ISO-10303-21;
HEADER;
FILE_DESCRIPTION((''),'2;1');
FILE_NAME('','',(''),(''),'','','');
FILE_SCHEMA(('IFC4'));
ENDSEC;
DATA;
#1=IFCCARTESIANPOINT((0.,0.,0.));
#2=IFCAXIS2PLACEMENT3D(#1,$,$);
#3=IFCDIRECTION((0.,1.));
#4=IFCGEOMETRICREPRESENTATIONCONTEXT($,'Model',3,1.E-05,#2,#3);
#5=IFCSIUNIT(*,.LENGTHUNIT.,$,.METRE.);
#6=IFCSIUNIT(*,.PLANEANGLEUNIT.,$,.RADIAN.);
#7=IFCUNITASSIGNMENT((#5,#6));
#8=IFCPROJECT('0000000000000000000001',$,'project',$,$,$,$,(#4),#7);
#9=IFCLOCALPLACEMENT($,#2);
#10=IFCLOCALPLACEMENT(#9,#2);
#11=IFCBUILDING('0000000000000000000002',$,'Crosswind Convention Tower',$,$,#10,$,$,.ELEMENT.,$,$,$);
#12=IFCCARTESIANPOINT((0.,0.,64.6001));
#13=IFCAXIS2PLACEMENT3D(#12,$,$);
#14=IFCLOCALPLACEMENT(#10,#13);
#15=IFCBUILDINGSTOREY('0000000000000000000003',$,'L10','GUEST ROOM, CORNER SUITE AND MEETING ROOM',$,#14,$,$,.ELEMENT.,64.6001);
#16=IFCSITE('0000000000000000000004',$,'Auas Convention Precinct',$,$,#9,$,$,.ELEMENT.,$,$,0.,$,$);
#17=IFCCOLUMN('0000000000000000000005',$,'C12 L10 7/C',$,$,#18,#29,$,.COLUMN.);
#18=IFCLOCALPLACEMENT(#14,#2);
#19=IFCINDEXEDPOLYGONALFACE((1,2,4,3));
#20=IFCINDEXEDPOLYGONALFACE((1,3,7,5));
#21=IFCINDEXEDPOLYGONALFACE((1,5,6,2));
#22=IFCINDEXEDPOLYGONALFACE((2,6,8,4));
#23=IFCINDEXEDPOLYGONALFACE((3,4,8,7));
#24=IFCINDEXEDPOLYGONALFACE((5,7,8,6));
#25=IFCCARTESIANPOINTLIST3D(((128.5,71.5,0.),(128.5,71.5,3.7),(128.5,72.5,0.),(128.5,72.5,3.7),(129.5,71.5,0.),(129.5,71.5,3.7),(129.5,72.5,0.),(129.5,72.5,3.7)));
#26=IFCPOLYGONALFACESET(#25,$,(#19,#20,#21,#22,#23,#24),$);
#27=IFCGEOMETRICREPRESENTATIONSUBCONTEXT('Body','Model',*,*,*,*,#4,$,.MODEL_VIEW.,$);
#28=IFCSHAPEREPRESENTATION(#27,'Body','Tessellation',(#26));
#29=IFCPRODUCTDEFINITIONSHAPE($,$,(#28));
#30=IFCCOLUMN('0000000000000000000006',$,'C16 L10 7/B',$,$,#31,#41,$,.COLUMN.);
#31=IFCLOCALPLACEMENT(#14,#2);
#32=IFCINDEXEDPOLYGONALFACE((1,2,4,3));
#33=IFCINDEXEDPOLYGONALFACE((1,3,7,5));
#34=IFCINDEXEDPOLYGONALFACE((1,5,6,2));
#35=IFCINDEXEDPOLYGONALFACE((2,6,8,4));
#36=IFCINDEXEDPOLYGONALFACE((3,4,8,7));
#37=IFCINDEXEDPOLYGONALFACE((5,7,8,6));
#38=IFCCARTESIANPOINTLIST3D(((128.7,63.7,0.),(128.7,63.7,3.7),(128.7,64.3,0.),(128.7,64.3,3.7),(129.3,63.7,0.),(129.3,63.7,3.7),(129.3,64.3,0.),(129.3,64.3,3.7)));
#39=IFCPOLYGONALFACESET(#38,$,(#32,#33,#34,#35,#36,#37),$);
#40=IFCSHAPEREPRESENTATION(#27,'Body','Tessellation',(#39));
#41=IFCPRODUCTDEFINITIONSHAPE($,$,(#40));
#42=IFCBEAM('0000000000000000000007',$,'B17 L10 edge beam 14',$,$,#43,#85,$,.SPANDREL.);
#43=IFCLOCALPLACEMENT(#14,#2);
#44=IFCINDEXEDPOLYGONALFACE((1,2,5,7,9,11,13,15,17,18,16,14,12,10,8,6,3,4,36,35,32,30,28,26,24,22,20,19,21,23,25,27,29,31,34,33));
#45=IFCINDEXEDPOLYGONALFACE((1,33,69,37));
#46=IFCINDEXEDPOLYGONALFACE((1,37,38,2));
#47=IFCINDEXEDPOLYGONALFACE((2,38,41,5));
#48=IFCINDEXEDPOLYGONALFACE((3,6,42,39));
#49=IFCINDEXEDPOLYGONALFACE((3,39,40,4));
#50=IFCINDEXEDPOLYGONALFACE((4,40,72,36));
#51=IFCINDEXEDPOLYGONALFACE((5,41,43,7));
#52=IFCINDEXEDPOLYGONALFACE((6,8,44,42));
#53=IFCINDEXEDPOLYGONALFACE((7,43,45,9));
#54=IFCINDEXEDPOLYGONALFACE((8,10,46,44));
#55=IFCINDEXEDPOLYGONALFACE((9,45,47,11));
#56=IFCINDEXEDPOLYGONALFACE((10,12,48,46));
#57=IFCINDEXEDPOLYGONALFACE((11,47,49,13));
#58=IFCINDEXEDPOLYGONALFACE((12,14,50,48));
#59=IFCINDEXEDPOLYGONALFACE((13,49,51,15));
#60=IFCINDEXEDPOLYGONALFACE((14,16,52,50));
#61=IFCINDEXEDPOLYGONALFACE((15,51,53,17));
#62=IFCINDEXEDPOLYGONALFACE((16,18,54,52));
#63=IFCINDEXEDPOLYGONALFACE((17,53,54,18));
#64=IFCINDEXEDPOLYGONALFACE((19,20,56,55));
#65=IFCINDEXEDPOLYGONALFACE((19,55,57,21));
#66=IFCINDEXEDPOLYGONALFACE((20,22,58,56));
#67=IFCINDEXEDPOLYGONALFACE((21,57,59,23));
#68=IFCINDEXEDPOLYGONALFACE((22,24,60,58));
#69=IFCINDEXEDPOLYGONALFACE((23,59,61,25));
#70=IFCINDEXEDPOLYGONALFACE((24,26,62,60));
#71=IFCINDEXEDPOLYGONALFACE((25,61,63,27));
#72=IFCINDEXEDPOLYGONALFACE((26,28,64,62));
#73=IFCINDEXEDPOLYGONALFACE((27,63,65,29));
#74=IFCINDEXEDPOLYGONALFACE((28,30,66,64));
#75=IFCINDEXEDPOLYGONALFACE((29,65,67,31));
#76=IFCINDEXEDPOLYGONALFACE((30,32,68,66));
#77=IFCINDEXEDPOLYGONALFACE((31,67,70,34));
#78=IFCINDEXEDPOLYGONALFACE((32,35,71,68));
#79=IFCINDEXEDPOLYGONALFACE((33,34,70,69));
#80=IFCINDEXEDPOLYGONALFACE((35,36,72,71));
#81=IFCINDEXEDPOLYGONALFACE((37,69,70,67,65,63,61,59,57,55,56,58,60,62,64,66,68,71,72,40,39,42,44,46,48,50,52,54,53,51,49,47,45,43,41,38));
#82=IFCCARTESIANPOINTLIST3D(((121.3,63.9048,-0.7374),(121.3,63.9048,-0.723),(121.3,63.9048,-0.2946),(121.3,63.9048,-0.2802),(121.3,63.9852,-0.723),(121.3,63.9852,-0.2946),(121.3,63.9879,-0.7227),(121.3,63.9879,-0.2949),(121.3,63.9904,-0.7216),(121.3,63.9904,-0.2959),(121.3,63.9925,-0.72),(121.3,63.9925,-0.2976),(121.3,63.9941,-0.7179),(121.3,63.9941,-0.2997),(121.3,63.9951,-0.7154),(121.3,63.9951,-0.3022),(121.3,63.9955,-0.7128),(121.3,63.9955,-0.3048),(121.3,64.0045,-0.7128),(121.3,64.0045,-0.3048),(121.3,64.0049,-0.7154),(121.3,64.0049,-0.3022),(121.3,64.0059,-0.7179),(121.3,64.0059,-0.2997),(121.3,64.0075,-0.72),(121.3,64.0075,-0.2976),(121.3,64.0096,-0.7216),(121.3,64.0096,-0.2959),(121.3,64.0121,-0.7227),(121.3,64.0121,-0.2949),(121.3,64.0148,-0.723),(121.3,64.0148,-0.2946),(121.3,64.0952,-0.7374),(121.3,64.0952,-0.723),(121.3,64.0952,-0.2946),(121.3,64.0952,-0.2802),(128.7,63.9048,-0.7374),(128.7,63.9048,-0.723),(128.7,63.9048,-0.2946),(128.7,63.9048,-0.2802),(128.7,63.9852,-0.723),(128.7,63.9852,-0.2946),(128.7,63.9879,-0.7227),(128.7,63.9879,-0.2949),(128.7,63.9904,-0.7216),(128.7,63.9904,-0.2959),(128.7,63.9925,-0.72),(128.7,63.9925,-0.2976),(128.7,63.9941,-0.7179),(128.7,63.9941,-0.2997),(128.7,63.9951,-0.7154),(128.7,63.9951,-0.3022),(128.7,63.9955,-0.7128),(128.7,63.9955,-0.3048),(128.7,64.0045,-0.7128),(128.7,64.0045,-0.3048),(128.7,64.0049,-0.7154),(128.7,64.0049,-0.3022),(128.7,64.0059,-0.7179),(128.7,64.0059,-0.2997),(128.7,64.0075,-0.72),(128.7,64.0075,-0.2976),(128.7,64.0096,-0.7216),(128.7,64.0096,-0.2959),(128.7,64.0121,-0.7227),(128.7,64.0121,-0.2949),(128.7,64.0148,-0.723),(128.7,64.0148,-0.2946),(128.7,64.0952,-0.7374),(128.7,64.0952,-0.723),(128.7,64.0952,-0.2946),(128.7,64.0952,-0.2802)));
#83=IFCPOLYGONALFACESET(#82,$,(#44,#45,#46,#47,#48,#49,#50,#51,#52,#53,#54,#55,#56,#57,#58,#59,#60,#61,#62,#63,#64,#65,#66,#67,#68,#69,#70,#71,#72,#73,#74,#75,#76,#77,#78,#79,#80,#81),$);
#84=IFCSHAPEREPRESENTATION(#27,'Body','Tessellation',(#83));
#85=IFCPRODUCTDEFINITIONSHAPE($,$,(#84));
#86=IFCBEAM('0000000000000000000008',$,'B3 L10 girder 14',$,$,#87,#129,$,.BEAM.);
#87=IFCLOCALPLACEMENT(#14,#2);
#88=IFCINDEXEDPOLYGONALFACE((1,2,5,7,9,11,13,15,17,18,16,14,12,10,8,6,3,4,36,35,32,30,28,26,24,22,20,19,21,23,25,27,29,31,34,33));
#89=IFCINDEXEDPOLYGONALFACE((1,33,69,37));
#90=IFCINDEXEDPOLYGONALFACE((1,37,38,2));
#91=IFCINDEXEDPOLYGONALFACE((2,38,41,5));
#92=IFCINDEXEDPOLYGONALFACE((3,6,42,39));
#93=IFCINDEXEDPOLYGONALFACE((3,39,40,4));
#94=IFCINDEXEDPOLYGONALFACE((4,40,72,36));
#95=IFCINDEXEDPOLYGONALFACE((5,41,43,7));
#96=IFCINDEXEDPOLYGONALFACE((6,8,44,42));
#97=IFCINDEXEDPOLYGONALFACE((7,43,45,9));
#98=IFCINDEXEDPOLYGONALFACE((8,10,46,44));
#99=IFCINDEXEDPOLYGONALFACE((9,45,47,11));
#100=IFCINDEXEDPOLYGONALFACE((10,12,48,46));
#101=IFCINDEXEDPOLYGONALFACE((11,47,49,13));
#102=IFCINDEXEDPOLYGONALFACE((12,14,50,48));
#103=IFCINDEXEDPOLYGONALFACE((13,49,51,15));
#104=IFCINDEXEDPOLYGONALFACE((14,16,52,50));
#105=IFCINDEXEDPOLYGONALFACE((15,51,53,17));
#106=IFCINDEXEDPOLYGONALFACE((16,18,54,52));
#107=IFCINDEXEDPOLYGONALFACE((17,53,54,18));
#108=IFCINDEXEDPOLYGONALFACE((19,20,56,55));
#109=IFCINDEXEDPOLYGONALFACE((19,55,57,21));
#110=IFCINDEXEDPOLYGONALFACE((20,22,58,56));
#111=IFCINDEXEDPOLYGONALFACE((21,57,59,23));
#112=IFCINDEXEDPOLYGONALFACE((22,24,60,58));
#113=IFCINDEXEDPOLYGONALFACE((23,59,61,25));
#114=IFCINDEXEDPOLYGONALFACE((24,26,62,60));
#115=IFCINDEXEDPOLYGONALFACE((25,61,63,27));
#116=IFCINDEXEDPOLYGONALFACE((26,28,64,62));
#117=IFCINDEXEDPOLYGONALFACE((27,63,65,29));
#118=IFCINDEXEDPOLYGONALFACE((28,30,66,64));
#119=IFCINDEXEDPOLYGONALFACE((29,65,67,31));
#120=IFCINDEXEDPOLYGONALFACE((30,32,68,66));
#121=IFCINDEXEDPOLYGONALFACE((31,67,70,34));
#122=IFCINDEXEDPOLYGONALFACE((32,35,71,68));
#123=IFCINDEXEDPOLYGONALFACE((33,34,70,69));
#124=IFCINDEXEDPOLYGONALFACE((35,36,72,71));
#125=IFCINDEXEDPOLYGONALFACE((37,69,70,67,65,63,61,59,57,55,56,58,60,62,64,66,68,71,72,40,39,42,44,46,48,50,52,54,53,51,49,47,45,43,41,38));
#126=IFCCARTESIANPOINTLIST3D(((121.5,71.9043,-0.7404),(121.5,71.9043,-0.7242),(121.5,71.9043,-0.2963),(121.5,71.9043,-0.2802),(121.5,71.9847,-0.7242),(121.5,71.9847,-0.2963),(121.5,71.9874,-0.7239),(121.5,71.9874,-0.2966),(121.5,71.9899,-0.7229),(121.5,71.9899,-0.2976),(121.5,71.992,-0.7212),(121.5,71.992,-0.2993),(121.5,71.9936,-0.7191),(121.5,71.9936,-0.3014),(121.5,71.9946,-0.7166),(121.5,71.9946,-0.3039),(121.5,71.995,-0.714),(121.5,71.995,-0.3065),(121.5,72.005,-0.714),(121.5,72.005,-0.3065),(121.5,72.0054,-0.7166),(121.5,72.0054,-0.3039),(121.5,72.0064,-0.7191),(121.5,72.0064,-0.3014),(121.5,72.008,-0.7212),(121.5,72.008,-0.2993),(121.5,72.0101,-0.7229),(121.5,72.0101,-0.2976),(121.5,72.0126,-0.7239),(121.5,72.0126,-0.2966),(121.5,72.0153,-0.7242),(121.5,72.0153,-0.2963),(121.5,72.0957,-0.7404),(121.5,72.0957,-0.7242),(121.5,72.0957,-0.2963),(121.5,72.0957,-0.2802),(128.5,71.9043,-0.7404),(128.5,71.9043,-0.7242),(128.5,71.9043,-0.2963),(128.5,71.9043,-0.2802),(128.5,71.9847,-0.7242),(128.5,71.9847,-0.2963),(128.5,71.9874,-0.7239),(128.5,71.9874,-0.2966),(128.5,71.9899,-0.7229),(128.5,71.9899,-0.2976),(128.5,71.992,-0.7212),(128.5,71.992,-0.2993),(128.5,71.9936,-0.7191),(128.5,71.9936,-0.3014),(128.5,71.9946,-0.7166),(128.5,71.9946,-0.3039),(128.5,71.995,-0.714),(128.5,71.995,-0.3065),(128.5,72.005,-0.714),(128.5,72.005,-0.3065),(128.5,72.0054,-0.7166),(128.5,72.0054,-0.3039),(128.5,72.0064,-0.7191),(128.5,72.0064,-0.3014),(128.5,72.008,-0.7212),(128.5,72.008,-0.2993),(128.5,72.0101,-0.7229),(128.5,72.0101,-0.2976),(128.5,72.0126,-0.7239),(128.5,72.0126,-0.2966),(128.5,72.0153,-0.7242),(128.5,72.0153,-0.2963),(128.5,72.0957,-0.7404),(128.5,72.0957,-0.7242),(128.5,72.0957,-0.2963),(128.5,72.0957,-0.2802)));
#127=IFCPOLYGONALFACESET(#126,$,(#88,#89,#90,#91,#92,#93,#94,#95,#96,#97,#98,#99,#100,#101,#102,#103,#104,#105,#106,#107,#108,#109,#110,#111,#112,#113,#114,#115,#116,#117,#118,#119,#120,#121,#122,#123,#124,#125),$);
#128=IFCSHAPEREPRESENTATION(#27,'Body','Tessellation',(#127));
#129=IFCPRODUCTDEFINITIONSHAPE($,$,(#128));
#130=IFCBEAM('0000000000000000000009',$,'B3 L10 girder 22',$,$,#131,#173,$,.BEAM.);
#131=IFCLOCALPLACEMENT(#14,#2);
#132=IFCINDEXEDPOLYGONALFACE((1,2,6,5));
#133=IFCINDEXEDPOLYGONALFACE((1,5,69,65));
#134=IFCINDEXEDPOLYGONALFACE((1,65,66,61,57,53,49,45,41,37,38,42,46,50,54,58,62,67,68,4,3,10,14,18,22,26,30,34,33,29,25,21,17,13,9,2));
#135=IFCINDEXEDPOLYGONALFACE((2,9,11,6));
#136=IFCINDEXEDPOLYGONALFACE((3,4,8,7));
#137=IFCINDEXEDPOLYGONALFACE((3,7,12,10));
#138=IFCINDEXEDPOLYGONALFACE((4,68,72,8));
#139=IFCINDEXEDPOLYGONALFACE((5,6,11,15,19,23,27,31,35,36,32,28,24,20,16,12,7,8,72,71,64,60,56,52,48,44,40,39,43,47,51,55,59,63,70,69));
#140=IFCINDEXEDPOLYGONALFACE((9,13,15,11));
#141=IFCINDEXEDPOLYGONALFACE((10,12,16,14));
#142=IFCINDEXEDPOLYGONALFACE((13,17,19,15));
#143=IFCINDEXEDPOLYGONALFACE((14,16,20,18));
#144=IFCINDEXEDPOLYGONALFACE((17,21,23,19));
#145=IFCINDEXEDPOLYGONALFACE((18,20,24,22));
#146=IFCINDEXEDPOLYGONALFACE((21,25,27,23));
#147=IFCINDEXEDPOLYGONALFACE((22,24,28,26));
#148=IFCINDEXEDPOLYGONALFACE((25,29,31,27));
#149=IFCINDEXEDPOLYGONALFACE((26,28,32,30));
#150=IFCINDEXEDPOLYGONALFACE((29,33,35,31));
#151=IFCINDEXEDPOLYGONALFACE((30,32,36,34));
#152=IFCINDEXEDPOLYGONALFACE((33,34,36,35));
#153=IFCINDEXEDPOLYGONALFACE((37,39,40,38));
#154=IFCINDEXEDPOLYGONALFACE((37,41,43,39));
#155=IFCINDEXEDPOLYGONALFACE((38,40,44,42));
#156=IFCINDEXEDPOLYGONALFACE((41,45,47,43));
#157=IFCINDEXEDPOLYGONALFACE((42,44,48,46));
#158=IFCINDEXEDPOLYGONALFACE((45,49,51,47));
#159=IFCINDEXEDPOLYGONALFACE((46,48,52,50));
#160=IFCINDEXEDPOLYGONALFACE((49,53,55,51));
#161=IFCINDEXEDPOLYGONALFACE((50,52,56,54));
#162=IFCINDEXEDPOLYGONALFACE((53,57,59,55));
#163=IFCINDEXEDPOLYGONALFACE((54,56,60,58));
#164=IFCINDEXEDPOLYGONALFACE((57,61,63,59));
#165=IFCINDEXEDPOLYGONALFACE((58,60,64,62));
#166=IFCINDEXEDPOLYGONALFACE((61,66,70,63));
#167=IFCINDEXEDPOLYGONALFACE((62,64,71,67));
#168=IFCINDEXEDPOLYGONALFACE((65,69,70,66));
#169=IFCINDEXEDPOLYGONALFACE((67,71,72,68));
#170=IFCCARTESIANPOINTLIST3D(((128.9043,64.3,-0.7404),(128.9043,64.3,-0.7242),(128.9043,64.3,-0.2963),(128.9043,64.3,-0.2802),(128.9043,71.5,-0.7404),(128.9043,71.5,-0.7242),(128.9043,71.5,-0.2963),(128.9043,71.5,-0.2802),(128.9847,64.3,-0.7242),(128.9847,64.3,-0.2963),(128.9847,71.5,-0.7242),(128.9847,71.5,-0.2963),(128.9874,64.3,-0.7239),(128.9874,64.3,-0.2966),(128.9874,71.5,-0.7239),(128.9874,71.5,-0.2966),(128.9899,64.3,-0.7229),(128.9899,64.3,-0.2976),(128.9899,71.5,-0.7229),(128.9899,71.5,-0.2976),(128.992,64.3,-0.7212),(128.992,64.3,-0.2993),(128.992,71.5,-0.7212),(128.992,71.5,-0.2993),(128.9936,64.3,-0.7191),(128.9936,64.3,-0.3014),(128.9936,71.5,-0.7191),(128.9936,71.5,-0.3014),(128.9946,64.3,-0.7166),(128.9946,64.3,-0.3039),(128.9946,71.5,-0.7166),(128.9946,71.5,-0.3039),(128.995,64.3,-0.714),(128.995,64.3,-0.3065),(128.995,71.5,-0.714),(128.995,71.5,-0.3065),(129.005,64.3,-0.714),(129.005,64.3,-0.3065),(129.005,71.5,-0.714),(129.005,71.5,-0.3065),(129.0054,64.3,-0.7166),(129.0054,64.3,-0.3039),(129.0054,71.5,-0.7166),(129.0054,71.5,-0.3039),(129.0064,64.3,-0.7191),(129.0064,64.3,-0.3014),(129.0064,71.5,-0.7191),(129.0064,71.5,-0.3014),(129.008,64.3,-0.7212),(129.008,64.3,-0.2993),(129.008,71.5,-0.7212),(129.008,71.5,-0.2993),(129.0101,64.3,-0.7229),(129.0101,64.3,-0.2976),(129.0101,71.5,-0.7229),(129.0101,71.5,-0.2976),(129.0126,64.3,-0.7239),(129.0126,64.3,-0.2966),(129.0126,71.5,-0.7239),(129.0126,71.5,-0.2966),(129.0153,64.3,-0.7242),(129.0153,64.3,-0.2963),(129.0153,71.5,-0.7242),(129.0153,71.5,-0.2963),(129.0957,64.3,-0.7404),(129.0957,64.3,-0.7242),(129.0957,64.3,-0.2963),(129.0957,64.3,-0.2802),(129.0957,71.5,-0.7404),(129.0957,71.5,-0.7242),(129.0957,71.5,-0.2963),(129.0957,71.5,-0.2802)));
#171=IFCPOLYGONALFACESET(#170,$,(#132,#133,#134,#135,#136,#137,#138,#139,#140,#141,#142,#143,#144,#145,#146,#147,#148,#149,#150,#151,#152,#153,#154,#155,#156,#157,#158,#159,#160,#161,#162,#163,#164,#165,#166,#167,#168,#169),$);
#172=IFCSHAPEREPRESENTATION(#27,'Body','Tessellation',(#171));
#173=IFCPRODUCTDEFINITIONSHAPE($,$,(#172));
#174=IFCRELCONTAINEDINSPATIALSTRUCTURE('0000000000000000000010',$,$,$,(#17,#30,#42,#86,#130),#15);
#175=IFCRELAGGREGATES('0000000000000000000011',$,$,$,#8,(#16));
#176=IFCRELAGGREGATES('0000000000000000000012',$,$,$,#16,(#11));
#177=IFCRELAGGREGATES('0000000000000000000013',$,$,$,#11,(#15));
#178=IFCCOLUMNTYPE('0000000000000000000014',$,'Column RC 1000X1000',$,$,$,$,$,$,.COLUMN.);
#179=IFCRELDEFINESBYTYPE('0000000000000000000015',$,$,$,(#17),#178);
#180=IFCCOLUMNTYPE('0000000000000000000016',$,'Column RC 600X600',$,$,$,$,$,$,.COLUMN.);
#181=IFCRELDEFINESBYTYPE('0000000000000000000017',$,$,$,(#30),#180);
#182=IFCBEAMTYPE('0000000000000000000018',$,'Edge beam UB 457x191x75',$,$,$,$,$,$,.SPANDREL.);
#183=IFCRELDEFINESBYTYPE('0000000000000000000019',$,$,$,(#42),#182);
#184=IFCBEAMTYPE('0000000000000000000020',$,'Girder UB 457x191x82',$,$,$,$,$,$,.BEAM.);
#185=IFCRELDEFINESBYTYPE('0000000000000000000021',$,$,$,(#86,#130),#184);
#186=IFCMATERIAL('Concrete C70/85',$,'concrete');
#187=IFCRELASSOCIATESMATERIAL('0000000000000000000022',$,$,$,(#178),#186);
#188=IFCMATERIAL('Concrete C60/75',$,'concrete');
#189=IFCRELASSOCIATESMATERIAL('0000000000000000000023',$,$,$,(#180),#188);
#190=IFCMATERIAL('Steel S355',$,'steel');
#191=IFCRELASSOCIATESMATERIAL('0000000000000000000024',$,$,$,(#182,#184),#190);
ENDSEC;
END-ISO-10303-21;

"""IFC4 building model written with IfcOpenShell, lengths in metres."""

from ifc_helpers import new_model, si_unit, direction, frame, origin, origin_2d, place, context, subcontext, project, spatial, rectangle, i_section, extrude, material, material_profile, profile_set, type_object, element, save


model = new_model("IFC4")

# Units and contexts
model_context = context("Model", 3, precision=1e-05, world=origin(), true_north=direction((0.0, 1.0)))
body_context = subcontext(model_context, "Body", "Model", "MODEL_VIEW")
ifc_project = project(units=[si_unit("LENGTHUNIT", "METRE"), si_unit("PLANEANGLEUNIT", "RADIAN")], contexts=[model_context])

# Site, building, storey
site_placement = place(None, origin())
site = spatial("IfcSite", under=ifc_project, at=site_placement, Name="Auas Convention Precinct", CompositionType="ELEMENT", RefElevation=0.0)
building_placement = place(site_placement, origin())
building = spatial("IfcBuilding", under=site, at=building_placement, Name="Crosswind Convention Tower", CompositionType="ELEMENT")
storey_placement = place(building_placement, frame((0.0, 0.0, 64.6001)))
storey = spatial("IfcBuildingStorey", under=building, at=storey_placement, Name="L10", Description="GUEST ROOM, CORNER SUITE AND MEETING ROOM", CompositionType="ELEMENT", Elevation=64.6001)

# Columns
ifc_material_1 = material(Name="Concrete C70/85", Category="concrete")
ifc_material_profile_1 = material_profile(ifc_material_1, rectangle(XDim=1.0, YDim=1.0, at=origin_2d()), Name="RC 1000X1000")
ifc_profile_set_1 = profile_set([ifc_material_profile_1], Name="Concrete C70/85")
column_type_1 = type_object("IfcColumnType", Name="Column RC 1000X1000", PredefinedType="COLUMN", material=ifc_profile_set_1)
column_1_placement = place(storey_placement, frame((129.0, 72.0, 0.0), z_axis=(0.0, 0.0, 1.0), x_axis=(1.0, 0.0, 0.0)))
element("IfcColumn", 1, at=column_1_placement, inside=storey, type_object=column_type_1, Name="C12 L10 7/C", PredefinedType="COLUMN", context=body_context, shape_type="SweptSolid", body=[
    extrude(rectangle(XDim=1.0, YDim=1.0, at=origin_2d()), origin(), (0.0, 0.0, 1.0), 3.7),
])
ifc_material_2 = material(Name="Concrete C60/75", Category="concrete")
ifc_material_profile_2 = material_profile(ifc_material_2, rectangle(XDim=0.6001, YDim=0.6001, at=origin_2d()), Name="RC 600X600")
ifc_profile_set_2 = profile_set([ifc_material_profile_2], Name="Concrete C60/75")
column_type_2 = type_object("IfcColumnType", Name="Column RC 600X600", PredefinedType="COLUMN", material=ifc_profile_set_2)
column_2_placement = place(storey_placement, frame((129.0, 64.0, 0.0), z_axis=(0.0, 0.0, 1.0), x_axis=(1.0, 0.0, 0.0)))
element("IfcColumn", 2, at=column_2_placement, inside=storey, type_object=column_type_2, Name="C16 L10 7/B", PredefinedType="COLUMN", context=body_context, shape_type="SweptSolid", body=[
    extrude(rectangle(XDim=0.6001, YDim=0.6001, at=origin_2d()), origin(), (0.0, 0.0, 1.0), 3.7),
])

# Beams
ifc_material_3 = material(Name="Steel S355", Category="steel")
ifc_material_profile_3 = material_profile(ifc_material_3, i_section(OverallWidth=0.1904, OverallDepth=0.4573, WebThickness=0.009, FlangeThickness=0.0144, FilletRadius=0.0103, at=origin_2d()), Name="UB 457x191x75")
ifc_profile_set_3 = profile_set([ifc_material_profile_3], Name="Steel S355")
beam_type_1 = type_object("IfcBeamType", Name="Edge beam UB 457x191x75", PredefinedType="SPANDREL", material=ifc_profile_set_3)
beam_1_placement = place(storey_placement, frame((121.3, 64.0, -0.5088), z_axis=(1.0, 0.0, 0.0), x_axis=(0.0, 1.0, 0.0)))
element("IfcBeam", 3, at=beam_1_placement, inside=storey, type_object=beam_type_1, Name="B17 L10 edge beam 14", PredefinedType="SPANDREL", context=body_context, shape_type="SweptSolid", body=[
    extrude(i_section(OverallWidth=0.1904, OverallDepth=0.4573, WebThickness=0.009, FlangeThickness=0.0144, FilletRadius=0.0103, at=origin_2d()), origin(), (0.0, 0.0, 1.0), 7.3999),
])
ifc_material_profile_4 = material_profile(ifc_material_3, i_section(OverallWidth=0.1914, OverallDepth=0.4602, WebThickness=0.01, FlangeThickness=0.0161, FilletRadius=0.0103, at=origin_2d()), Name="UB 457x191x82")
ifc_profile_set_4 = profile_set([ifc_material_profile_4], Name="Steel S355")
beam_type_2 = type_object("IfcBeamType", Name="Girder UB 457x191x82", PredefinedType="BEAM", material=ifc_profile_set_4)
beam_2_placement = place(storey_placement, frame((121.5, 72.0, -0.5103), z_axis=(1.0, 0.0, 0.0), x_axis=(0.0, 1.0, 0.0)))
element("IfcBeam", 4, at=beam_2_placement, inside=storey, type_object=beam_type_2, Name="B3 L10 girder 14", PredefinedType="BEAM", context=body_context, shape_type="SweptSolid", body=[
    extrude(i_section(OverallWidth=0.1914, OverallDepth=0.4602, WebThickness=0.01, FlangeThickness=0.0161, FilletRadius=0.0103, at=origin_2d()), origin(), (0.0, 0.0, 1.0), 7.0),
])
beam_3_placement = place(storey_placement, frame((129.0, 64.3, -0.5103), z_axis=(0.0, 1.0, 0.0), x_axis=(-1.0, 0.0, 0.0)))
element("IfcBeam", 5, at=beam_3_placement, inside=storey, type_object=beam_type_2, Name="B3 L10 girder 22", PredefinedType="BEAM", context=body_context, shape_type="SweptSolid", body=[
    extrude(i_section(OverallWidth=0.1914, OverallDepth=0.4602, WebThickness=0.01, FlangeThickness=0.0161, FilletRadius=0.0103, at=origin_2d()), origin(), (0.0, 0.0, 1.0), 7.2),
])

save(model, "model.ifc")
